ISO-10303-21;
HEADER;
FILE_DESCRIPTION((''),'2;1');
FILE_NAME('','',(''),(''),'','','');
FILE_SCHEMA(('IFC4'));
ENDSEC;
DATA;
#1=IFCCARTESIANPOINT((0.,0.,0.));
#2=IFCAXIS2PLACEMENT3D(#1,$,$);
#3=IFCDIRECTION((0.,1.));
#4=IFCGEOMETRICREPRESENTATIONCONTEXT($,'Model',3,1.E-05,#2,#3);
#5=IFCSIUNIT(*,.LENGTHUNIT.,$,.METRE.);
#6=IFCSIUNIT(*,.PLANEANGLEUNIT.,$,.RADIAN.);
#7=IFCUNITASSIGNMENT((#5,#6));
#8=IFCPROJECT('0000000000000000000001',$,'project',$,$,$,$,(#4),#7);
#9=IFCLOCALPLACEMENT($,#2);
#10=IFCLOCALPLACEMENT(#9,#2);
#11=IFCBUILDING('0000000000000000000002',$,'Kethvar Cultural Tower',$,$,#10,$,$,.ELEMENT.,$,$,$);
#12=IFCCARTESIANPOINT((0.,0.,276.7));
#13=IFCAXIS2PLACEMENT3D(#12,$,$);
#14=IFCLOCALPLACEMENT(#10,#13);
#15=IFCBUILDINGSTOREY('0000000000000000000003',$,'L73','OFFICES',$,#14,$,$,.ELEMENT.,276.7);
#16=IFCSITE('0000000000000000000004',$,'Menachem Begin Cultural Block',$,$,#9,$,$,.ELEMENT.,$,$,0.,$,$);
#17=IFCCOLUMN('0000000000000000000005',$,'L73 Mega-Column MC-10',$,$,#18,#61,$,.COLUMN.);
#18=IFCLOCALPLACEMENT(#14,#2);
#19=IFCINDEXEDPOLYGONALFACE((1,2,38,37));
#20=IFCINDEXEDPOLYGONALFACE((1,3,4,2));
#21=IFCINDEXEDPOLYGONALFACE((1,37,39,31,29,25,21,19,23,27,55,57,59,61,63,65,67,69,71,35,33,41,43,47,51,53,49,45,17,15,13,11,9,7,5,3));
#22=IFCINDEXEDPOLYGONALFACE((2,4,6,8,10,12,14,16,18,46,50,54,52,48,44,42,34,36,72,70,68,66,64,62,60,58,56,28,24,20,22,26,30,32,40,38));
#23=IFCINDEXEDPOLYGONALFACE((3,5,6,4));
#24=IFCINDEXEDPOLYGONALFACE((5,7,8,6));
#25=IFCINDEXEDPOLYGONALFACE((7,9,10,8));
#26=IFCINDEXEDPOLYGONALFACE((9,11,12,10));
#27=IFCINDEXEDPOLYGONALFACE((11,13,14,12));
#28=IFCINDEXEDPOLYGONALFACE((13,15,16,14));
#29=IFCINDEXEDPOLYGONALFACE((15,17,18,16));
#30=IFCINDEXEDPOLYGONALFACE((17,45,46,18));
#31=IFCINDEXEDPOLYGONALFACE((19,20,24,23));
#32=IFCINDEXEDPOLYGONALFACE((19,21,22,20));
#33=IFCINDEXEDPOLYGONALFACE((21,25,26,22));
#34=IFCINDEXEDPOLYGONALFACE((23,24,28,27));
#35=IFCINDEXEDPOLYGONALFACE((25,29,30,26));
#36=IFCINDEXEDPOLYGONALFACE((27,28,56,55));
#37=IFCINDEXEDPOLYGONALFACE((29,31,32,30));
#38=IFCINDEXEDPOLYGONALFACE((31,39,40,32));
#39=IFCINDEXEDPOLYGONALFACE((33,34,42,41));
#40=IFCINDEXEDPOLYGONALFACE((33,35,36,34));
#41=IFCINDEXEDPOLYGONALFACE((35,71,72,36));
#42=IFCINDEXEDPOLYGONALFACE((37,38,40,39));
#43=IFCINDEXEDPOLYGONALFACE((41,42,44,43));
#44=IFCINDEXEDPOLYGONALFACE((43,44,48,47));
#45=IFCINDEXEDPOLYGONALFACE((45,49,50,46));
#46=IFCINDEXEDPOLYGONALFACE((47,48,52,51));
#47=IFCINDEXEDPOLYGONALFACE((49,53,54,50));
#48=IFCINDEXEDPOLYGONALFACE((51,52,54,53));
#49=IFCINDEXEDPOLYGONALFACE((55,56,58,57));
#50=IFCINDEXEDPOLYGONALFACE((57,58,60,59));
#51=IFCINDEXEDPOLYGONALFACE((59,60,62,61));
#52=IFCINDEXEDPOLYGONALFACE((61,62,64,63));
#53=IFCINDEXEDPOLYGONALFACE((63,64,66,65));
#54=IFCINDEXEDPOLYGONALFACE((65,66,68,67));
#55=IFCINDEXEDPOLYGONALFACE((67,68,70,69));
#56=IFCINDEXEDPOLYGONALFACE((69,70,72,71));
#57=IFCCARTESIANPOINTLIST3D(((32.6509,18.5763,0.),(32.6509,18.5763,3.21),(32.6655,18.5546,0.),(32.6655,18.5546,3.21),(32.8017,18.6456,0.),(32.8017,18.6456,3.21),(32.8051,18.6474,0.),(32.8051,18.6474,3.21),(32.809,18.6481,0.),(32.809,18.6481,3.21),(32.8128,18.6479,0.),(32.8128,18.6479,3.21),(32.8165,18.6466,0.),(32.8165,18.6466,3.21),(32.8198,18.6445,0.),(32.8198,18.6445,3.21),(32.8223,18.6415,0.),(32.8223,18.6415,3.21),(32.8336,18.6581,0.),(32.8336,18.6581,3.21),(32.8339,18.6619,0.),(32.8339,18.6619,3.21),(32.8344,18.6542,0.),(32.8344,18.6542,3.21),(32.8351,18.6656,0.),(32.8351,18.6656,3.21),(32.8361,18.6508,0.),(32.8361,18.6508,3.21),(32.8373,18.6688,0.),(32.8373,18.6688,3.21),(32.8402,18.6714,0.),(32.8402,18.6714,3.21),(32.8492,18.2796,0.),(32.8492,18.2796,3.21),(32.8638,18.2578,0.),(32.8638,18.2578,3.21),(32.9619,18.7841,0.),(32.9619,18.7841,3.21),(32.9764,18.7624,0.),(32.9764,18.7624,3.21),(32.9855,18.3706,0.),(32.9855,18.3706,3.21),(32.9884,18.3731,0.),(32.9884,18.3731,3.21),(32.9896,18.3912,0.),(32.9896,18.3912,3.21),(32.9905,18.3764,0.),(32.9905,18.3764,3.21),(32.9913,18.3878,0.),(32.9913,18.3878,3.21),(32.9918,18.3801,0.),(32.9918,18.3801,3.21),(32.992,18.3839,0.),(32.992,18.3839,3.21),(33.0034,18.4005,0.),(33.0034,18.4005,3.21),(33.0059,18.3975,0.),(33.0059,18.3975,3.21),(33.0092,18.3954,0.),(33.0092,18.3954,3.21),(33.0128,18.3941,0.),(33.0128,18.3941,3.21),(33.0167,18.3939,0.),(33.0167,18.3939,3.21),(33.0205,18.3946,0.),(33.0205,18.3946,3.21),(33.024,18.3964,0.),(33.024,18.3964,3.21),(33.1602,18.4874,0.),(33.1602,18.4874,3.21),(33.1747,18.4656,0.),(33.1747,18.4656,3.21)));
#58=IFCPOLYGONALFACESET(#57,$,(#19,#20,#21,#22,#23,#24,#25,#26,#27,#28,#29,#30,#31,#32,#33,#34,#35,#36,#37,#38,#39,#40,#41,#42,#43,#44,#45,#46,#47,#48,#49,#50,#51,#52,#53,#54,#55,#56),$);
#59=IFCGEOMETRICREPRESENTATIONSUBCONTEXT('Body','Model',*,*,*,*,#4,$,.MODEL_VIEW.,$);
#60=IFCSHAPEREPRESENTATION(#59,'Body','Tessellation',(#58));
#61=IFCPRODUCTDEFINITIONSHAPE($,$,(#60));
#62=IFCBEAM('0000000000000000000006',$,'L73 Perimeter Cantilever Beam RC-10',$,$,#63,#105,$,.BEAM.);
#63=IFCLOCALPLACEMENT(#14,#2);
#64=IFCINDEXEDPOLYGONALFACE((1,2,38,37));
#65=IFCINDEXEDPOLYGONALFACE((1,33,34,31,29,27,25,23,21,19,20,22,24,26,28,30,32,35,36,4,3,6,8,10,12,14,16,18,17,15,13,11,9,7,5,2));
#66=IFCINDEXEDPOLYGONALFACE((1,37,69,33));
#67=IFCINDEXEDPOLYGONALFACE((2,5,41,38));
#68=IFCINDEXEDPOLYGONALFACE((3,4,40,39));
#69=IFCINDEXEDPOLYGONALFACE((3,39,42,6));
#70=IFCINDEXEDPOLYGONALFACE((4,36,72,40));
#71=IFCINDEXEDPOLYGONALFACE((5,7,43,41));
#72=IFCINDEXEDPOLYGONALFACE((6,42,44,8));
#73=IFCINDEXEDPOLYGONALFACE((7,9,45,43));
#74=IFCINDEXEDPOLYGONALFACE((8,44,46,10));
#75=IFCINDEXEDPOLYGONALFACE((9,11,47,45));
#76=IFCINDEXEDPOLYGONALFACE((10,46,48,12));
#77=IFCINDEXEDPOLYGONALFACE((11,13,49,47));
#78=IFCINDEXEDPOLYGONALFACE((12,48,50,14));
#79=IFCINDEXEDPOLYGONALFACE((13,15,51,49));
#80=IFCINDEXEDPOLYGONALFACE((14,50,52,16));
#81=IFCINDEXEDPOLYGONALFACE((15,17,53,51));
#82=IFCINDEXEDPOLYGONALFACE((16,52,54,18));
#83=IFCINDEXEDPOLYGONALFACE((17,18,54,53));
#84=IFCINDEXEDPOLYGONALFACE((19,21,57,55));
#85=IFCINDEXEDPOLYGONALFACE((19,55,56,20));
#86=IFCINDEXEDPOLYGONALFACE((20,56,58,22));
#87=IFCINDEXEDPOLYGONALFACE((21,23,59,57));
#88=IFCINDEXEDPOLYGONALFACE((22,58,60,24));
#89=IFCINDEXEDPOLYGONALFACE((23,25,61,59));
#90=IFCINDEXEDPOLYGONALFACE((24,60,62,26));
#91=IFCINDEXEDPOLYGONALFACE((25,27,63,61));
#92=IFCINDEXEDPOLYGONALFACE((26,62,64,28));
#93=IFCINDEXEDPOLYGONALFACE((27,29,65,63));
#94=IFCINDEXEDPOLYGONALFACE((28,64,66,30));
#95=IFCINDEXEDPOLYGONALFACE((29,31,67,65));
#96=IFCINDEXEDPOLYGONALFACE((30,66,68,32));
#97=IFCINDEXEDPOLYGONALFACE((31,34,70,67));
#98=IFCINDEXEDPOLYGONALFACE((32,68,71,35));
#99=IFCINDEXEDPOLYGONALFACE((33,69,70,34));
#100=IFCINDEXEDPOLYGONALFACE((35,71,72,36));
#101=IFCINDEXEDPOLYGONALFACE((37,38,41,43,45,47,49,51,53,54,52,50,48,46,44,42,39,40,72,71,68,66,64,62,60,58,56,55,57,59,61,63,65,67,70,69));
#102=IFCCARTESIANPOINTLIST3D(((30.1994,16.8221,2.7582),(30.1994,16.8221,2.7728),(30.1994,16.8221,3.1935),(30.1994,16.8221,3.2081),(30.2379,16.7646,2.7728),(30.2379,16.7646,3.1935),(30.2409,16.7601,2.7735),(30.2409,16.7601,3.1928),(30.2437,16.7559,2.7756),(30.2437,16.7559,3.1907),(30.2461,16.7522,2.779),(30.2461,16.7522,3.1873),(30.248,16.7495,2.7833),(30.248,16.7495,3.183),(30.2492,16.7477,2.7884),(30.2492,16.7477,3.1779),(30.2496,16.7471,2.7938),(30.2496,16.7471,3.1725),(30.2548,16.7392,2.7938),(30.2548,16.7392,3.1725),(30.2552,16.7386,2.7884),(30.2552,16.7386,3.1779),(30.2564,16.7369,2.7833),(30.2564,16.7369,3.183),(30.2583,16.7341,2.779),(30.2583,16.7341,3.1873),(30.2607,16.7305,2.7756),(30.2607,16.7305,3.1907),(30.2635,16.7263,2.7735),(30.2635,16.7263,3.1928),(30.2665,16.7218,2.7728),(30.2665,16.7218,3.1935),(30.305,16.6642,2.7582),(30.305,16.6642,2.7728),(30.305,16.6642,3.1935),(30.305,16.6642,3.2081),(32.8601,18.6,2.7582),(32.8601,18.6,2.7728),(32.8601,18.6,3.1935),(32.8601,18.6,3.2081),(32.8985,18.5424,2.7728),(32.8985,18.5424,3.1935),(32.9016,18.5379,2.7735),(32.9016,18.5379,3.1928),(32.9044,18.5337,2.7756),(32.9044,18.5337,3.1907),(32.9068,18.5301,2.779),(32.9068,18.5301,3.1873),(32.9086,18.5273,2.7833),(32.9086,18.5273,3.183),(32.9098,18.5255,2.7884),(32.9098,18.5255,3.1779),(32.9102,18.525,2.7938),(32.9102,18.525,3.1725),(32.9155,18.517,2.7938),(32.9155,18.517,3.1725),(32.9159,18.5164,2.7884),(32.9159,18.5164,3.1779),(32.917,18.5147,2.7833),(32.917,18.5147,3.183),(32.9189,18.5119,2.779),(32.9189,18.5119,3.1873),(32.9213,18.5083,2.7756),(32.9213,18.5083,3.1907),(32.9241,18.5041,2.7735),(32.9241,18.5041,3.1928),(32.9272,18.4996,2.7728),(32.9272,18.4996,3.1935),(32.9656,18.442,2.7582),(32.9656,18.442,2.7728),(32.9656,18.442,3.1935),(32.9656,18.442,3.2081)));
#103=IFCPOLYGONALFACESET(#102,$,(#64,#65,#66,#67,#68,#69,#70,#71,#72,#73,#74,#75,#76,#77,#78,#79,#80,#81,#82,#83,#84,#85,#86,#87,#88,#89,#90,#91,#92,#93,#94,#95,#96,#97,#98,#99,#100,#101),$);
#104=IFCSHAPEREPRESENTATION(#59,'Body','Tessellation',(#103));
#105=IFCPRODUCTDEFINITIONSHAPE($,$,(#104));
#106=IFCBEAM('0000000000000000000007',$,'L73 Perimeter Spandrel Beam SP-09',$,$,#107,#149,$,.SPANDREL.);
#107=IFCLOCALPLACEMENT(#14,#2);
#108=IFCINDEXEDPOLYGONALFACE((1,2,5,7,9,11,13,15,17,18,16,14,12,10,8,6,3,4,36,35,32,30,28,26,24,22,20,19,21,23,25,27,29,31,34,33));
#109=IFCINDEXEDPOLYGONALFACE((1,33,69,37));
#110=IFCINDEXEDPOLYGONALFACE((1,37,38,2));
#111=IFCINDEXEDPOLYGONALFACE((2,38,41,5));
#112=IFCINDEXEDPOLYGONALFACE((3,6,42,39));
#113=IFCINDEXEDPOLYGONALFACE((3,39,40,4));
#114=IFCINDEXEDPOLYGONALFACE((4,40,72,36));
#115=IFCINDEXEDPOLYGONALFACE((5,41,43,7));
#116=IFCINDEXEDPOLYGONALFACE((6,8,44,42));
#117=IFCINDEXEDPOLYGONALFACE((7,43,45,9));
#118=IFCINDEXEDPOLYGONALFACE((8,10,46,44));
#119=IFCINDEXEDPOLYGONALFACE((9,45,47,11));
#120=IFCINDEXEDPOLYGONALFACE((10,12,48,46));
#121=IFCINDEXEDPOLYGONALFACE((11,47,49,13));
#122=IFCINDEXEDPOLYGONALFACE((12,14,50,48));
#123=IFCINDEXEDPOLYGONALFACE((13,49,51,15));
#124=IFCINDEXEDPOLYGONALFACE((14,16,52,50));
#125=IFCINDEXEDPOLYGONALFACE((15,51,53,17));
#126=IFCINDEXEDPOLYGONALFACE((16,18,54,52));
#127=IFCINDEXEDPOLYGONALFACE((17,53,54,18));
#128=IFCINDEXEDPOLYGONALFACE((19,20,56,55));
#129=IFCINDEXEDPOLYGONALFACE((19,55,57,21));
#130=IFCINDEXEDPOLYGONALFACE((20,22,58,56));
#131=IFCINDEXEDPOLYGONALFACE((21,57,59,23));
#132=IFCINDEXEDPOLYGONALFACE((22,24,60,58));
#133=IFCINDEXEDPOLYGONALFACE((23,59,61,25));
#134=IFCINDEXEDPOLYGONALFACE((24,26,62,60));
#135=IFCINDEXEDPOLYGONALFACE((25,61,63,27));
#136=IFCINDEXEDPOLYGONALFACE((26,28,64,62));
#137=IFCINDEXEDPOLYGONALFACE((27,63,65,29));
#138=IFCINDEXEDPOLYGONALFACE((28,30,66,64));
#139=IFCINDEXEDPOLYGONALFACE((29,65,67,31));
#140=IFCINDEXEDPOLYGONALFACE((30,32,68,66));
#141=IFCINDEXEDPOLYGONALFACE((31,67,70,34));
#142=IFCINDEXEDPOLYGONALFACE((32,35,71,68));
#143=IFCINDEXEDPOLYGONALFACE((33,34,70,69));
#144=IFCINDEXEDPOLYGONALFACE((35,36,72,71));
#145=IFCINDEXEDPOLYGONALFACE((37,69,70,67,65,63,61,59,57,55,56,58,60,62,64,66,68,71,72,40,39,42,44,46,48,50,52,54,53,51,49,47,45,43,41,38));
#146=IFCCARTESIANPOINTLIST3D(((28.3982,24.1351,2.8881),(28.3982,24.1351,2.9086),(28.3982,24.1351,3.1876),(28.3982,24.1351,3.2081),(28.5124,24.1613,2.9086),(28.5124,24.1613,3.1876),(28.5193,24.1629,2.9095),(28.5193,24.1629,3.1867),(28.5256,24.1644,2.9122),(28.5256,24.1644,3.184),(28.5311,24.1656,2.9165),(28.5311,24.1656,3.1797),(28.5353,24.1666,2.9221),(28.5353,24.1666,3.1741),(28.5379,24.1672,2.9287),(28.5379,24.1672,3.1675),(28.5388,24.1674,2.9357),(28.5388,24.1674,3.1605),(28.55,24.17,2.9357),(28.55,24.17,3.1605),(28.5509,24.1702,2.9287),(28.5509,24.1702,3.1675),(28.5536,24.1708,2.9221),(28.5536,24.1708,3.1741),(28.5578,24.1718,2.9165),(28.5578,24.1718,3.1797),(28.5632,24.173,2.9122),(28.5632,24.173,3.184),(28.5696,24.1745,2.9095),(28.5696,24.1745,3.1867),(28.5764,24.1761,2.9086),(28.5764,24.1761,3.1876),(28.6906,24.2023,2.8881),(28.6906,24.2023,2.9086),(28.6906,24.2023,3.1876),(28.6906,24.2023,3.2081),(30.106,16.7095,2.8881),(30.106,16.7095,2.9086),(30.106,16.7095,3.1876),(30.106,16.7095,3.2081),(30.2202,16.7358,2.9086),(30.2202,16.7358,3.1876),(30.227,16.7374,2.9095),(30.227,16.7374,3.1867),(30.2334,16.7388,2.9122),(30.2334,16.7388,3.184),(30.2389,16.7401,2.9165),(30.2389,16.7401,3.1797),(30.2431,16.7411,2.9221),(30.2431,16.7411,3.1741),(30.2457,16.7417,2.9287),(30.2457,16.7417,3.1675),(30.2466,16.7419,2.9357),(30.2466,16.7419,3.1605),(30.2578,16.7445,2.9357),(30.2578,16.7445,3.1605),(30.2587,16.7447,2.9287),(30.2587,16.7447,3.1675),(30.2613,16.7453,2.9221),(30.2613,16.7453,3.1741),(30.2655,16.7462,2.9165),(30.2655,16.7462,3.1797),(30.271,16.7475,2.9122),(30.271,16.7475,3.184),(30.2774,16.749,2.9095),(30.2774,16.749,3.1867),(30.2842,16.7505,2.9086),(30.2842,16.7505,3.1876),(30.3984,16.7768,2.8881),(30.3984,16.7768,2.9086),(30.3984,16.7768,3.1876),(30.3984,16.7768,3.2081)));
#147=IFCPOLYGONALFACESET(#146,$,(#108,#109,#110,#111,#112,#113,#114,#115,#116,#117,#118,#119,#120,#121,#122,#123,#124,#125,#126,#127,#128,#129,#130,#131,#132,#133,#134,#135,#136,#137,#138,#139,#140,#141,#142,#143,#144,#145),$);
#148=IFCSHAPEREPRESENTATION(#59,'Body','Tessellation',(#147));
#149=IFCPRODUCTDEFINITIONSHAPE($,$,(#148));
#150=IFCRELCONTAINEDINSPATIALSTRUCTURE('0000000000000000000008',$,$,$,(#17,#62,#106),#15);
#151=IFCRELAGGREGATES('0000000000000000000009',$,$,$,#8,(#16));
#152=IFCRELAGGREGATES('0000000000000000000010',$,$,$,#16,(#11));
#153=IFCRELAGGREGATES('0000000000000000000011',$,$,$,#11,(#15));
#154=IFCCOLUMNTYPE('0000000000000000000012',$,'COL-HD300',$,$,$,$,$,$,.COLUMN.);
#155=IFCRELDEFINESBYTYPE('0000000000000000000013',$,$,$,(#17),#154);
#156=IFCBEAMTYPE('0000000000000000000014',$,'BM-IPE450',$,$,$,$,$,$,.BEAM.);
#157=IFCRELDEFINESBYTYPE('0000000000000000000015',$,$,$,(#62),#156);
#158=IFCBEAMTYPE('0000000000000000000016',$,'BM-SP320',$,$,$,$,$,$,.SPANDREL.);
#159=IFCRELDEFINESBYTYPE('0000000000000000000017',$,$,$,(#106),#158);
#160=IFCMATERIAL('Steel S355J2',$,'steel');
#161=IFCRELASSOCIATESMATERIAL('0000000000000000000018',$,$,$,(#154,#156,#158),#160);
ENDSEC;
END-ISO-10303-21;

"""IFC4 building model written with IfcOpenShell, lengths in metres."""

from ifc_helpers import new_model, si_unit, direction, frame, origin, origin_2d, place, context, subcontext, project, spatial, i_section, extrude, source, transform, mapped, material, material_profile, profile_set, type_object, element, save


model = new_model("IFC4")

# Units and contexts
model_context = context("Model", 3, precision=1e-05, world=origin(), true_north=direction((0.0, 1.0)))
body_context = subcontext(model_context, "Body", "Model", "MODEL_VIEW")
ifc_project = project(units=[si_unit("LENGTHUNIT", "METRE"), si_unit("PLANEANGLEUNIT", "RADIAN")], contexts=[model_context])

# Site, building, storey
site_placement = place(None, origin())
site = spatial("IfcSite", under=ifc_project, at=site_placement, Name="Menachem Begin Cultural Block", CompositionType="ELEMENT", RefElevation=0.0)
building_placement = place(site_placement, origin())
building = spatial("IfcBuilding", under=site, at=building_placement, Name="Kethvar Cultural Tower", CompositionType="ELEMENT")
storey_placement = place(building_placement, frame((0.0, 0.0, 276.7)))
storey = spatial("IfcBuildingStorey", under=building, at=storey_placement, Name="L73", Description="OFFICES", CompositionType="ELEMENT", Elevation=276.7)

# Column
ifc_material_1 = material(Name="Steel S355J2", Category="steel")
ifc_material_profile_1 = material_profile(ifc_material_1, i_section(OverallWidth=0.374, OverallDepth=0.3831, WebThickness=0.0166, FlangeThickness=0.0261, FilletRadius=0.0149, at=origin_2d()), Name="Steel S355J2 — HD360x300")
ifc_profile_set_1 = profile_set([ifc_material_profile_1], Name="Steel S355J2 — HD360x300")
column_type = type_object("IfcColumnType", Name="COL-HD300", PredefinedType="COLUMN", material=ifc_profile_set_1)
shared_shape_1 = source(origin(), body_context, "Body", "SweptSolid", [
    extrude(i_section(OverallWidth=0.374, OverallDepth=0.3831, WebThickness=0.0166, FlangeThickness=0.0261, FilletRadius=0.0149, at=origin_2d()), origin(), (0.0, 0.0, 1.0), 3.21),
])
column_placement = place(storey_placement, frame((32.9128, 18.521, 0.0), z_axis=(0.0, 0.0, 1.0), x_axis=(-0.83147, -0.55557, 0.0)))
element("IfcColumn", 1, at=column_placement, inside=storey, type_object=column_type, Name="L73 Mega-Column MC-10", PredefinedType="COLUMN", context=body_context, shape_type="MappedRepresentation", body=[
    mapped(shared_shape_1, transform((0.0, 0.0, 0.0), scale=1.0)),
])

# Beams
ifc_material_profile_2 = material_profile(ifc_material_1, i_section(OverallWidth=0.1899, OverallDepth=0.45, WebThickness=0.0095, FlangeThickness=0.0146, FilletRadius=0.021, at=origin_2d()), Name="Steel S355J2 — IPE450")
ifc_profile_set_2 = profile_set([ifc_material_profile_2], Name="Steel S355J2 — IPE450")
beam_type_1 = type_object("IfcBeamType", Name="BM-IPE450", PredefinedType="BEAM", material=ifc_profile_set_2)
shared_shape_2 = source(origin(), body_context, "Body", "SweptSolid", [
    extrude(i_section(OverallWidth=0.1899, OverallDepth=0.45, WebThickness=0.0095, FlangeThickness=0.0146, FilletRadius=0.021, at=origin_2d()), origin(), (0.0, 0.0, 1.0), 3.2),
])
beam_1_placement = place(storey_placement, frame((32.9128, 18.521, 2.9832), z_axis=(-0.831463, -0.55558, 0.0), x_axis=(0.55558, -0.831463, 0.0)))
element("IfcBeam", 2, at=beam_1_placement, inside=storey, type_object=beam_type_1, Name="L73 Perimeter Cantilever Beam RC-10", PredefinedType="BEAM", context=body_context, shape_type="MappedRepresentation", body=[
    mapped(shared_shape_2, transform((0.0, 0.0, 0.0), scale=1.0)),
])
ifc_material_profile_3 = material_profile(ifc_material_1, i_section(OverallWidth=0.3, OverallDepth=0.3201, WebThickness=0.0115, FlangeThickness=0.0205, FilletRadius=0.0271, at=origin_2d()), Name="Steel S355J2 — HEB320")
ifc_profile_set_3 = profile_set([ifc_material_profile_3], Name="Steel S355J2 — HEB320")
beam_type_2 = type_object("IfcBeamType", Name="BM-SP320", PredefinedType="SPANDREL", material=ifc_profile_set_3)
shared_shape_3 = source(origin(), body_context, "Body", "SweptSolid", [
    extrude(i_section(OverallWidth=0.3, OverallDepth=0.3201, WebThickness=0.0115, FlangeThickness=0.0205, FilletRadius=0.0271, at=origin_2d()), origin(), (0.0, 0.0, 1.0), 7.6194),
])
beam_2_placement = place(storey_placement, frame((28.5444, 24.1687, 3.0481), z_axis=(0.224134, -0.974558, 0.0), x_axis=(0.974558, 0.224134, 0.0)))
element("IfcBeam", 3, at=beam_2_placement, inside=storey, type_object=beam_type_2, Name="L73 Perimeter Spandrel Beam SP-09", PredefinedType="SPANDREL", context=body_context, shape_type="MappedRepresentation", body=[
    mapped(shared_shape_3, transform((0.0, 0.0, 0.0), scale=1.0)),
])

save(model, "model.ifc")
